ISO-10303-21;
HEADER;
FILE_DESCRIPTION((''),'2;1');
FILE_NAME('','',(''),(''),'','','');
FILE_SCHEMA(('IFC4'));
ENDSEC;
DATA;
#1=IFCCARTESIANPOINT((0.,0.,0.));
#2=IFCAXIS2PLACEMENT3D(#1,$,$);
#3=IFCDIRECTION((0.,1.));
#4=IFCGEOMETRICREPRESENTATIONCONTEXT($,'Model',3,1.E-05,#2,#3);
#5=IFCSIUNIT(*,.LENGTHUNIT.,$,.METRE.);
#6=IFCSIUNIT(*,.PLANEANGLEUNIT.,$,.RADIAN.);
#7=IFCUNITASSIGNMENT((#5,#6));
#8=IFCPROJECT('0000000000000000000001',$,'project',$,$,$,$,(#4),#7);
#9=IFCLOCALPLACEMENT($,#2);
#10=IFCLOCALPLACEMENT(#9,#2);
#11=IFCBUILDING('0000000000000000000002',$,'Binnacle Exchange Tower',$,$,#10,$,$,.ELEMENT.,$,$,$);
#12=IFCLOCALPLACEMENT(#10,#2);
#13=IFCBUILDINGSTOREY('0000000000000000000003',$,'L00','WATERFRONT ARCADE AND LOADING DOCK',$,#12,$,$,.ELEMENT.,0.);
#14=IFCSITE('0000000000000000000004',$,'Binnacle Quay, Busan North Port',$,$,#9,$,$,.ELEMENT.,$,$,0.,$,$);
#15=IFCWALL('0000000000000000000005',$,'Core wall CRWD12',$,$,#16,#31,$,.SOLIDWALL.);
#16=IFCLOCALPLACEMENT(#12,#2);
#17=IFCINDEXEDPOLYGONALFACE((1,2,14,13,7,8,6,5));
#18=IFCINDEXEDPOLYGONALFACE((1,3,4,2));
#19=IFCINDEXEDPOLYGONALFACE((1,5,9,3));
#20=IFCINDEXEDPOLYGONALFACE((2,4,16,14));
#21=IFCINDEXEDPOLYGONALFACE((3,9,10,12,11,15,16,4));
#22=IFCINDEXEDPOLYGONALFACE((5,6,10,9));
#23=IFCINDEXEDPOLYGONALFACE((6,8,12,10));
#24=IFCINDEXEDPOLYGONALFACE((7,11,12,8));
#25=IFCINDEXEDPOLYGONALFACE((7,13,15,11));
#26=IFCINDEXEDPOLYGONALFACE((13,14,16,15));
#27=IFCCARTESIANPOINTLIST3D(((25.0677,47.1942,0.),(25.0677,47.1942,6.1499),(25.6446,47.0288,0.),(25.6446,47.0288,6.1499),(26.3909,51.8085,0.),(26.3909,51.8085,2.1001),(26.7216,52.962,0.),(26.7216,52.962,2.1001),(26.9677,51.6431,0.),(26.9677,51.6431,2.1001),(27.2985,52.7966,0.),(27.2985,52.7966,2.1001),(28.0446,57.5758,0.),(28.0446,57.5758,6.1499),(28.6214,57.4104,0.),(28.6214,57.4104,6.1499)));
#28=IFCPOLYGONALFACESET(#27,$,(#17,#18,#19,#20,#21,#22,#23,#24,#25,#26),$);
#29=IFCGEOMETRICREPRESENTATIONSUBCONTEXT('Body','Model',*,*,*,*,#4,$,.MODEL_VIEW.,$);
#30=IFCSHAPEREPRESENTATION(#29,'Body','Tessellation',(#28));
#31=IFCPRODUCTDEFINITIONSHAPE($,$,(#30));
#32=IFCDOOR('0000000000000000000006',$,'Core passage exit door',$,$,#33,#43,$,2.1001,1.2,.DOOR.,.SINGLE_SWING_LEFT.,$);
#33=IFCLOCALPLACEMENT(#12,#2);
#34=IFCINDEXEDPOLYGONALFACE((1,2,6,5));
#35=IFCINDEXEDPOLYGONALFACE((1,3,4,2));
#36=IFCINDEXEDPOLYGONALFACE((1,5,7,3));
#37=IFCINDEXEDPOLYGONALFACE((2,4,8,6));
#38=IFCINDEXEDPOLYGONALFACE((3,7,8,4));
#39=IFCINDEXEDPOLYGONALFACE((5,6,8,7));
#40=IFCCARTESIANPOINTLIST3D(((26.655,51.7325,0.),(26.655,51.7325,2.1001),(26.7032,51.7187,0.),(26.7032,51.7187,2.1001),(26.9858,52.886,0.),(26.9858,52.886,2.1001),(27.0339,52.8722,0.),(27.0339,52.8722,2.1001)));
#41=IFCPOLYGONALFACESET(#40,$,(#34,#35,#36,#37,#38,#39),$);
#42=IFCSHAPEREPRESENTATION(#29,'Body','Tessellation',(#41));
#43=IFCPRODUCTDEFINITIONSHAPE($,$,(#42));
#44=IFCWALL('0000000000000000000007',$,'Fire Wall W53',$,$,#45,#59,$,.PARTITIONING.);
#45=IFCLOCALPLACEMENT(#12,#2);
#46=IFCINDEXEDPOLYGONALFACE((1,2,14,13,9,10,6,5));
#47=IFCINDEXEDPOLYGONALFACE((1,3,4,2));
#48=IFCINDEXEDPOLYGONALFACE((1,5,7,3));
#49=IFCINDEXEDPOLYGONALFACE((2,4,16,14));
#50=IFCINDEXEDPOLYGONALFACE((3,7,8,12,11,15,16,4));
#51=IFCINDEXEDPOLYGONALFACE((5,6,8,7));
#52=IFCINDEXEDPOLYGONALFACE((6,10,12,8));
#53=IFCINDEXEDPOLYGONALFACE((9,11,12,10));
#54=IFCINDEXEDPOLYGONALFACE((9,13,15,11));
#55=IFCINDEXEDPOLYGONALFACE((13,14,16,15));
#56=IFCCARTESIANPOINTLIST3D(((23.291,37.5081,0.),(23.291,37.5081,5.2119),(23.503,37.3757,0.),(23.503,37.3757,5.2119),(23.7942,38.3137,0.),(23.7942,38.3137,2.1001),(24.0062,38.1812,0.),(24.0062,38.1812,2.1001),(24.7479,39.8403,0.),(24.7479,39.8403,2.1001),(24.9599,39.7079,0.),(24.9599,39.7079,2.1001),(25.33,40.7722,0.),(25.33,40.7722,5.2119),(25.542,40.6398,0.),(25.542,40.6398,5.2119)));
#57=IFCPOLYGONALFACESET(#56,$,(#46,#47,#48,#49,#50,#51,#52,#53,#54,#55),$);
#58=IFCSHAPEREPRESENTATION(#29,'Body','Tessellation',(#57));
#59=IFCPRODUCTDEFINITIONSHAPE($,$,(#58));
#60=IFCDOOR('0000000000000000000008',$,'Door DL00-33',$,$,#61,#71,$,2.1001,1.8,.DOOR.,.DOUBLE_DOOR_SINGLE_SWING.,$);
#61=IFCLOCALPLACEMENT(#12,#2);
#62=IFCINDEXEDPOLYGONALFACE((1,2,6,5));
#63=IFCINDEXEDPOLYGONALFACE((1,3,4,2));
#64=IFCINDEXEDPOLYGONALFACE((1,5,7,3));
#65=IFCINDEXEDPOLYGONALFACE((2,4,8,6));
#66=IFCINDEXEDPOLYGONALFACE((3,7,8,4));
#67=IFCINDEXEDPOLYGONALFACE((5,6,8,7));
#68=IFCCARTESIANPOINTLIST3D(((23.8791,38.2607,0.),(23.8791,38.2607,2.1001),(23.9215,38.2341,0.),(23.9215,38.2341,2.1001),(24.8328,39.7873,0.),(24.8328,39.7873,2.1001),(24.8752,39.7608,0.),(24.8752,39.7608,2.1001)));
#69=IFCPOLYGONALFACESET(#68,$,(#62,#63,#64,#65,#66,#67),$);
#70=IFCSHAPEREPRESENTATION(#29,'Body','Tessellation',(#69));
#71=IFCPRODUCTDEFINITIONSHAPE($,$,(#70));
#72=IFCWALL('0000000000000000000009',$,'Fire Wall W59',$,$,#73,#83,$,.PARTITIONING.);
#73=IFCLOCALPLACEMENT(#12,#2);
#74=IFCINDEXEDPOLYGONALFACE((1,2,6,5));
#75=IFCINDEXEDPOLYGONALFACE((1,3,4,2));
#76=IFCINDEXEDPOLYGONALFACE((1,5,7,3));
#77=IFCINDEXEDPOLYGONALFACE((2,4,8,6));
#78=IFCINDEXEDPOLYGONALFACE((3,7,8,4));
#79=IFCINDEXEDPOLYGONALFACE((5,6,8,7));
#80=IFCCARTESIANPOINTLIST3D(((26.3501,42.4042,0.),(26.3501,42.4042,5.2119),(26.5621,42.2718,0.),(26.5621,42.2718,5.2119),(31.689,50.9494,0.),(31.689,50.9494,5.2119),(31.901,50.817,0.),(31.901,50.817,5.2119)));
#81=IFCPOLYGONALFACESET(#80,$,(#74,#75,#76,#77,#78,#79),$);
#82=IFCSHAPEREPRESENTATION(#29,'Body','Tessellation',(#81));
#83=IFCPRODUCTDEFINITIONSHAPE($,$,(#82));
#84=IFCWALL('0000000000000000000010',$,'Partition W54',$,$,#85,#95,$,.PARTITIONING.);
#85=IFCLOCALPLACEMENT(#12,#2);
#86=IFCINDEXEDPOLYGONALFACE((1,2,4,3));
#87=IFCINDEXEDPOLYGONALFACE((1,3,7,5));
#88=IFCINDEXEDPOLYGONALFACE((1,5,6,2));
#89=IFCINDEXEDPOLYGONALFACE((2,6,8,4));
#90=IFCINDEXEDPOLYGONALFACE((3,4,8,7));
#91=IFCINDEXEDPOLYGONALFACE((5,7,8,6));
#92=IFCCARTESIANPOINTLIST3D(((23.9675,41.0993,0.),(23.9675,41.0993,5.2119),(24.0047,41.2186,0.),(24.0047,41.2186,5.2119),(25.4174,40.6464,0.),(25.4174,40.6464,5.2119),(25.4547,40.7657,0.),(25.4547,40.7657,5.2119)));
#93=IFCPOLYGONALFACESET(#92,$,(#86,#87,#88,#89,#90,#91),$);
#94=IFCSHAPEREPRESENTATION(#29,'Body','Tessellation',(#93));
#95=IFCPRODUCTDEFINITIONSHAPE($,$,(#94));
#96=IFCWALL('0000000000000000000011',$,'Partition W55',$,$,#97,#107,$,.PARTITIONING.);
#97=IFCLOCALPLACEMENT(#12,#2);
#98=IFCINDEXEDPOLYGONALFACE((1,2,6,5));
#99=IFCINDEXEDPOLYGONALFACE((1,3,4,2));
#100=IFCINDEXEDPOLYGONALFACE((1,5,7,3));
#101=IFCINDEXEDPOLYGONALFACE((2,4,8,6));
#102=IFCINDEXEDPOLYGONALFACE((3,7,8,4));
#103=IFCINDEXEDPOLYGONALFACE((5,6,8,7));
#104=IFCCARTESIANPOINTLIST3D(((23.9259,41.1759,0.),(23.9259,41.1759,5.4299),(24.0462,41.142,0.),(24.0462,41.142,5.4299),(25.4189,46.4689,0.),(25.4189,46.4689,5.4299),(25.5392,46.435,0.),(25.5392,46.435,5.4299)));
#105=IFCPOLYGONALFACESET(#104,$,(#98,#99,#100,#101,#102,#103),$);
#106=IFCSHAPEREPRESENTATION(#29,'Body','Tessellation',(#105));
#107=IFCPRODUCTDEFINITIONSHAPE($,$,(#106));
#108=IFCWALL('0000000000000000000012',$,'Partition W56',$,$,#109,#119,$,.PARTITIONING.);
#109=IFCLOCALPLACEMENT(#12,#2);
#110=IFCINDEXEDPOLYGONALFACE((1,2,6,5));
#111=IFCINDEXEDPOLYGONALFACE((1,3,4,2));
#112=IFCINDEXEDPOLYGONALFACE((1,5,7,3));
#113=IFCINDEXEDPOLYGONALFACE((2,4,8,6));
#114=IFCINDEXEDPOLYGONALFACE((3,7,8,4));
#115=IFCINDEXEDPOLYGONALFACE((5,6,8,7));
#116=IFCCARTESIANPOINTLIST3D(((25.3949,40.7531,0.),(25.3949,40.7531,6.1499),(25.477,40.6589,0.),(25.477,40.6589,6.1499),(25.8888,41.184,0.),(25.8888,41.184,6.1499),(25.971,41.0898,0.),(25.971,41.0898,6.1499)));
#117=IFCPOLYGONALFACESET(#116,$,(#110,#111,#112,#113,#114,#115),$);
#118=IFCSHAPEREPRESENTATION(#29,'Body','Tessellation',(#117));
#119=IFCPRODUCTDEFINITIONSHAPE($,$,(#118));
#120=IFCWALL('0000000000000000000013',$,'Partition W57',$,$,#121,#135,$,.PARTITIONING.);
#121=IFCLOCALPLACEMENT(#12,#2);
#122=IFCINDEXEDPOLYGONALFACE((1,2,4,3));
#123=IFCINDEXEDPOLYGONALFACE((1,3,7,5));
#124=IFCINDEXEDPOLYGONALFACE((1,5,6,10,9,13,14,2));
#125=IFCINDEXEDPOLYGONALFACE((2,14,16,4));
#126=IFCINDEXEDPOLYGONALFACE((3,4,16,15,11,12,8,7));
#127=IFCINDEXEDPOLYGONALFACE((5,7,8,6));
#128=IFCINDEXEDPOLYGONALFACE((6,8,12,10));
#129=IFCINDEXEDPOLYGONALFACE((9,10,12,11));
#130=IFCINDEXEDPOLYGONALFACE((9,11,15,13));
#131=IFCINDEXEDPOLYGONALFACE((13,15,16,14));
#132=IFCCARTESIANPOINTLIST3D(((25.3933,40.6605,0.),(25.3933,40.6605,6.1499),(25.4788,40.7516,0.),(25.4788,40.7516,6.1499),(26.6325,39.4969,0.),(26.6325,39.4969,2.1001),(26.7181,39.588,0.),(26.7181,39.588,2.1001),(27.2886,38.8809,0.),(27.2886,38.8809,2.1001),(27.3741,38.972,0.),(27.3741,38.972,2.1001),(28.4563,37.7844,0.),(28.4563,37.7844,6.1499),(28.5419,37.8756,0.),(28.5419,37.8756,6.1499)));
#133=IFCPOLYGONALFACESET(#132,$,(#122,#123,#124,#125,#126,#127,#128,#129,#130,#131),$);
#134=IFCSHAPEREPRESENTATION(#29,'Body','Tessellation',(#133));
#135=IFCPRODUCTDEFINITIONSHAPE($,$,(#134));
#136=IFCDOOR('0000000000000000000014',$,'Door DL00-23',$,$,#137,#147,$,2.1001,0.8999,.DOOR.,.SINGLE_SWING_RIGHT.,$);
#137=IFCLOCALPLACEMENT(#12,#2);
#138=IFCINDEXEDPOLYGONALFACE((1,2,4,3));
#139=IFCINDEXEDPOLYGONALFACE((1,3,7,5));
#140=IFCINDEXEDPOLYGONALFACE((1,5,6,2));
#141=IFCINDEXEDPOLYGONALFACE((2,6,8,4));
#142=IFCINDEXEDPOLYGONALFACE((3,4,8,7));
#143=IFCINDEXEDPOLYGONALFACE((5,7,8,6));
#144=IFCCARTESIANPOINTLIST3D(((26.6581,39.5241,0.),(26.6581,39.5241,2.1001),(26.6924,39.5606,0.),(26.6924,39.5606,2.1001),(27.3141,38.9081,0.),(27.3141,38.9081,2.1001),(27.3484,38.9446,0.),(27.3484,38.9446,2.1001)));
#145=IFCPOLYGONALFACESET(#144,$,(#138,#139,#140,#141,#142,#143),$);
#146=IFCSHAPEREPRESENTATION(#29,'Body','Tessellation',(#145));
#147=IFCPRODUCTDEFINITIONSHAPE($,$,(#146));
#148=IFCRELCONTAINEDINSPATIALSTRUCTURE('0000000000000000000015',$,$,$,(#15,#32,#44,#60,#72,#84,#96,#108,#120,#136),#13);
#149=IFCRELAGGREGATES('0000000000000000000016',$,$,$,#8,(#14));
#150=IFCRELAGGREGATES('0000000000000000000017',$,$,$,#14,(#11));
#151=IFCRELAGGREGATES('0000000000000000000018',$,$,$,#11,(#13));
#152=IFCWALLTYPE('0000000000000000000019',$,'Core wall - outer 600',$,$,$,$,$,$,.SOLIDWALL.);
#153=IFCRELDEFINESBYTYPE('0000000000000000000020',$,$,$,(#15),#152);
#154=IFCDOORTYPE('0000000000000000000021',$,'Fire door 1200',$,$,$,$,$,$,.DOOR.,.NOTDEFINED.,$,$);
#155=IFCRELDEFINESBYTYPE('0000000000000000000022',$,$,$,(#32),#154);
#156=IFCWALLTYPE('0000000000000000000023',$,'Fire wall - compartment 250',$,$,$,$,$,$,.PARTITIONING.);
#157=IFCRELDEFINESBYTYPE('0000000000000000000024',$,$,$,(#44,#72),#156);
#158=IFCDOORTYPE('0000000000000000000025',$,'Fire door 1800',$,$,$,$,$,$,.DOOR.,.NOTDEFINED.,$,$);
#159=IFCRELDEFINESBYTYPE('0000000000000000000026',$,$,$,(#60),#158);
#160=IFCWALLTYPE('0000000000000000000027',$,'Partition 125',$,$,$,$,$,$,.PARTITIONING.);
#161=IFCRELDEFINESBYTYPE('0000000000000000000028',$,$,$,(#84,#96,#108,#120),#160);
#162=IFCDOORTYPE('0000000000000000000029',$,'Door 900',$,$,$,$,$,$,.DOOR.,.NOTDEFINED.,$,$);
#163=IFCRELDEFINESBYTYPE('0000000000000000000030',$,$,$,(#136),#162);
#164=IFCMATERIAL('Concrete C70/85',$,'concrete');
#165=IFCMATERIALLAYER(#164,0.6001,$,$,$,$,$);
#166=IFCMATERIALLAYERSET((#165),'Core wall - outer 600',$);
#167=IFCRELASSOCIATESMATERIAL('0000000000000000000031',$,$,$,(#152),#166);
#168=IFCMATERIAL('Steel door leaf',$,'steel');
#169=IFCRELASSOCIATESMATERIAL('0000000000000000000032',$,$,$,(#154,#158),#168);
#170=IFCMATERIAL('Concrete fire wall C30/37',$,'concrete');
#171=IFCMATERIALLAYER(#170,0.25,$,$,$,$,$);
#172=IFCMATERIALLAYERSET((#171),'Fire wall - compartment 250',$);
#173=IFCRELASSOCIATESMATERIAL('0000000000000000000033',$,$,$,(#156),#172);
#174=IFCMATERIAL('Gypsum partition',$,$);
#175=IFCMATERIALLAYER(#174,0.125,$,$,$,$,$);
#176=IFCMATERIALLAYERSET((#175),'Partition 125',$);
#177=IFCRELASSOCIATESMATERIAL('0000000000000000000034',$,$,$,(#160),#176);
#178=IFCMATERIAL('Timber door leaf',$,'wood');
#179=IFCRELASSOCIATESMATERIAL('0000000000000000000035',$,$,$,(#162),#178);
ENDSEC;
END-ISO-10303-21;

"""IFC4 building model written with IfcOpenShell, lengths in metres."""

from ifc_helpers import new_model, si_unit, direction, frame, frame_2d, origin, place, context, subcontext, project, spatial, rectangle, extrude, material, layer, layer_set, type_object, element, fill, save


model = new_model("IFC4")

# Units and contexts
model_context = context("Model", 3, precision=1e-05, world=origin(), true_north=direction((0.0, 1.0)))
body_context = subcontext(model_context, "Body", "Model", "MODEL_VIEW")
ifc_project = project(units=[si_unit("LENGTHUNIT", "METRE"), si_unit("PLANEANGLEUNIT", "RADIAN")], contexts=[model_context])

# Site, building, storey
site_placement = place(None, origin())
site = spatial("IfcSite", under=ifc_project, at=site_placement, Name="Binnacle Quay, Busan North Port", CompositionType="ELEMENT", RefElevation=0.0)
building_placement = place(site_placement, origin())
building = spatial("IfcBuilding", under=site, at=building_placement, Name="Binnacle Exchange Tower", CompositionType="ELEMENT")
storey_placement = place(building_placement, origin())
storey = spatial("IfcBuildingStorey", under=building, at=storey_placement, Name="L00", Description="WATERFRONT ARCADE AND LOADING DOCK", CompositionType="ELEMENT", Elevation=0.0)

# Shared definitions
ifc_material_1 = material(Name="Concrete C70/85", Category="concrete")

# Walls, openings, doors
ifc_layer_1 = layer(ifc_material_1, 0.6001)
ifc_layer_set_1 = layer_set([ifc_layer_1], Name="Core wall - outer 600")
wall_type_1 = type_object("IfcWallType", Name="Core wall - outer 600", PredefinedType="SOLIDWALL", material=ifc_layer_set_1)
ifc_material_2 = material(Name="Steel door leaf", Category="steel")
door_type_1 = type_object("IfcDoorType", Name="Fire door 1200", OperationType="NOTDEFINED", PredefinedType="DOOR", material=ifc_material_2)
wall_1_placement = place(storey_placement, frame((25.3562, 47.1116, 0.0), z_axis=(0.0, 0.0, 1.0), x_axis=(0.275632, 0.961263, 0.0)))
wall_1 = element("IfcWall", 1, at=wall_1_placement, inside=storey, type_object=wall_type_1, Name="Core wall CRWD12", PredefinedType="SOLIDWALL", context=body_context, shape_type="SweptSolid", body=[
    extrude(rectangle(XDim=10.8, YDim=0.6001, at=frame_2d((5.3999, 0.0))), origin(), (0.0, 0.0, 1.0), 6.1499),
])
opening_1_placement = place(wall_1_placement, frame((4.8, 0.0, 0.0)))
opening_1 = element("IfcOpeningElement", 2, at=opening_1_placement, cuts=wall_1, PredefinedType="OPENING", context=body_context, shape_type="SweptSolid", body=[
    extrude(rectangle(XDim=1.2, YDim=2.1001, at=frame_2d((0.6001, 1.05))), frame((0.0, 0.3101, 0.0), z_axis=(0.0, -1.0, 0.0), x_axis=(1.0, 0.0, 0.0)), (0.0, 0.0, 1.0), 0.6201),
])
door_1_placement = place(opening_1_placement, frame((1.2, 0.0, 0.0), z_axis=(0.0, 0.0, 1.0), x_axis=(-1.0, 0.0, 0.0)))
door_1 = element("IfcDoor", 3, at=door_1_placement, inside=storey, type_object=door_type_1, Name="Core passage exit door", OperationType="SINGLE_SWING_LEFT", OverallHeight=2.1001, OverallWidth=1.2, PredefinedType="DOOR", context=body_context, shape_type="SweptSolid", body=[
    extrude(rectangle(XDim=1.2, YDim=2.1001, at=frame_2d((0.6001, 1.05))), frame((0.0, 0.0249, 0.0), z_axis=(0.0, -1.0, 0.0), x_axis=(1.0, 0.0, 0.0)), (0.0, 0.0, 1.0), 0.05),
])
fill(opening_1, door_1)
ifc_material_3 = material(Name="Concrete fire wall C30/37", Category="concrete")
ifc_layer_2 = layer(ifc_material_3, 0.25)
ifc_layer_set_2 = layer_set([ifc_layer_2], Name="Fire wall - compartment 250")
wall_type_2 = type_object("IfcWallType", Name="Fire wall - compartment 250", PredefinedType="PARTITIONING", material=ifc_layer_set_2)
wall_2_placement = place(storey_placement, frame((23.397, 37.4419, 0.0), z_axis=(0.0, 0.0, 1.0), x_axis=(0.529805, 0.848119, 0.0)))
wall_2 = element("IfcWall", 4, at=wall_2_placement, inside=storey, type_object=wall_type_2, Name="Fire Wall W53", PredefinedType="PARTITIONING", context=body_context, shape_type="SweptSolid", body=[
    extrude(rectangle(XDim=3.8486, YDim=0.25, at=frame_2d((1.9243, 0.0))), origin(), (0.0, 0.0, 1.0), 5.2119),
])
opening_2_placement = place(wall_2_placement, frame((0.95, 0.0, 0.0)))
opening_2 = element("IfcOpeningElement", 5, at=opening_2_placement, cuts=wall_2, PredefinedType="OPENING", context=body_context, shape_type="SweptSolid", body=[
    extrude(rectangle(XDim=1.8, YDim=2.1001, at=frame_2d((0.8999, 1.05))), frame((0.0, 0.135, 0.0), z_axis=(0.0, -1.0, 0.0), x_axis=(1.0, 0.0, 0.0)), (0.0, 0.0, 1.0), 0.27),
])
door_type_2 = type_object("IfcDoorType", Name="Fire door 1800", OperationType="NOTDEFINED", PredefinedType="DOOR", material=ifc_material_2)
door_2_placement = place(opening_2_placement, origin())
door_2 = element("IfcDoor", 6, at=door_2_placement, inside=storey, type_object=door_type_2, Name="Door DL00-33", OperationType="DOUBLE_DOOR_SINGLE_SWING", OverallHeight=2.1001, OverallWidth=1.8, PredefinedType="DOOR", context=body_context, shape_type="SweptSolid", body=[
    extrude(rectangle(XDim=1.8, YDim=2.1001, at=frame_2d((0.8999, 1.05))), frame((0.0, 0.0249, 0.0), z_axis=(0.0, -1.0, 0.0), x_axis=(1.0, 0.0, 0.0)), (0.0, 0.0, 1.0), 0.05),
])
fill(opening_2, door_2)

# Walls
wall_3_placement = place(storey_placement, frame((26.4561, 42.3379, 0.0), z_axis=(0.0, 0.0, 1.0), x_axis=(0.529866, 0.848081, 0.0)))
element("IfcWall", 7, at=wall_3_placement, inside=storey, type_object=wall_type_2, Name="Fire Wall W59", PredefinedType="PARTITIONING", context=body_context, shape_type="SweptSolid", body=[
    extrude(rectangle(XDim=10.0759, YDim=0.25, at=frame_2d((5.0381, 0.0))), origin(), (0.0, 0.0, 1.0), 5.2119),
])
ifc_material_4 = material(Name="Gypsum partition")
ifc_layer_3 = layer(ifc_material_4, 0.125)
ifc_layer_set_3 = layer_set([ifc_layer_3], Name="Partition 125")
wall_type_3 = type_object("IfcWallType", Name="Partition 125", PredefinedType="PARTITIONING", material=ifc_layer_set_3)
wall_4_placement = place(storey_placement, frame((23.9861, 41.1589, 0.0), z_axis=(0.0, 0.0, 1.0), x_axis=(0.954523, -0.298138, 0.0)))
element("IfcWall", 8, at=wall_4_placement, inside=storey, type_object=wall_type_3, Name="Partition W54", PredefinedType="PARTITIONING", context=body_context, shape_type="SweptSolid", body=[
    extrude(rectangle(XDim=1.519, YDim=0.125, at=frame_2d((0.7595, 0.0))), origin(), (0.0, 0.0, 1.0), 5.2119),
])
wall_5_placement = place(storey_placement, frame((23.9861, 41.1589, 0.0), z_axis=(0.0, 0.0, 1.0), x_axis=(0.271465, 0.962448, 0.0)))
element("IfcWall", 9, at=wall_5_placement, inside=storey, type_object=wall_type_3, Name="Partition W55", PredefinedType="PARTITIONING", context=body_context, shape_type="SweptSolid", body=[
    extrude(rectangle(XDim=5.4995, YDim=0.125, at=frame_2d((2.7498, 0.0))), origin(), (0.0, 0.0, 1.0), 5.4299),
])
wall_6_placement = place(storey_placement, frame((25.436, 40.7061, 0.0), z_axis=(0.0, 0.0, 1.0), x_axis=(0.753522, 0.657423, 0.0)))
element("IfcWall", 10, at=wall_6_placement, inside=storey, type_object=wall_type_3, Name="Partition W56", PredefinedType="PARTITIONING", context=body_context, shape_type="SweptSolid", body=[
    extrude(rectangle(XDim=0.6555, YDim=0.125, at=frame_2d((0.3276, 0.0))), origin(), (0.0, 0.0, 1.0), 6.1499),
])

# Wall, opening, door
wall_7_placement = place(storey_placement, frame((25.436, 40.7061, 0.0), z_axis=(0.0, 0.0, 1.0), x_axis=(0.729011, -0.684501, 0.0)))
wall_7 = element("IfcWall", 11, at=wall_7_placement, inside=storey, type_object=wall_type_3, Name="Partition W57", PredefinedType="PARTITIONING", context=body_context, shape_type="SweptSolid", body=[
    extrude(rectangle(XDim=4.2017, YDim=0.125, at=frame_2d((2.1008, 0.0))), origin(), (0.0, 0.0, 1.0), 6.1499),
])
opening_3_placement = place(wall_7_placement, frame((1.7, 0.0, 0.0)))
opening_3 = element("IfcOpeningElement", 12, at=opening_3_placement, cuts=wall_7, PredefinedType="OPENING", context=body_context, shape_type="SweptSolid", body=[
    extrude(rectangle(XDim=0.8999, YDim=2.1001, at=frame_2d((0.45, 1.05))), frame((0.0, 0.0725, 0.0), z_axis=(0.0, -1.0, 0.0), x_axis=(1.0, 0.0, 0.0)), (0.0, 0.0, 1.0), 0.145),
])
ifc_material_5 = material(Name="Timber door leaf", Category="wood")
door_type_3 = type_object("IfcDoorType", Name="Door 900", OperationType="NOTDEFINED", PredefinedType="DOOR", material=ifc_material_5)
door_3_placement = place(opening_3_placement, origin())
door_3 = element("IfcDoor", 13, at=door_3_placement, inside=storey, type_object=door_type_3, Name="Door DL00-23", OperationType="SINGLE_SWING_RIGHT", OverallHeight=2.1001, OverallWidth=0.8999, PredefinedType="DOOR", context=body_context, shape_type="SweptSolid", body=[
    extrude(rectangle(XDim=0.8999, YDim=2.1001, at=frame_2d((0.45, 1.05))), frame((0.0, 0.0249, 0.0), z_axis=(0.0, -1.0, 0.0), x_axis=(1.0, 0.0, 0.0)), (0.0, 0.0, 1.0), 0.05),
])
fill(opening_3, door_3)

save(model, "model.ifc")
